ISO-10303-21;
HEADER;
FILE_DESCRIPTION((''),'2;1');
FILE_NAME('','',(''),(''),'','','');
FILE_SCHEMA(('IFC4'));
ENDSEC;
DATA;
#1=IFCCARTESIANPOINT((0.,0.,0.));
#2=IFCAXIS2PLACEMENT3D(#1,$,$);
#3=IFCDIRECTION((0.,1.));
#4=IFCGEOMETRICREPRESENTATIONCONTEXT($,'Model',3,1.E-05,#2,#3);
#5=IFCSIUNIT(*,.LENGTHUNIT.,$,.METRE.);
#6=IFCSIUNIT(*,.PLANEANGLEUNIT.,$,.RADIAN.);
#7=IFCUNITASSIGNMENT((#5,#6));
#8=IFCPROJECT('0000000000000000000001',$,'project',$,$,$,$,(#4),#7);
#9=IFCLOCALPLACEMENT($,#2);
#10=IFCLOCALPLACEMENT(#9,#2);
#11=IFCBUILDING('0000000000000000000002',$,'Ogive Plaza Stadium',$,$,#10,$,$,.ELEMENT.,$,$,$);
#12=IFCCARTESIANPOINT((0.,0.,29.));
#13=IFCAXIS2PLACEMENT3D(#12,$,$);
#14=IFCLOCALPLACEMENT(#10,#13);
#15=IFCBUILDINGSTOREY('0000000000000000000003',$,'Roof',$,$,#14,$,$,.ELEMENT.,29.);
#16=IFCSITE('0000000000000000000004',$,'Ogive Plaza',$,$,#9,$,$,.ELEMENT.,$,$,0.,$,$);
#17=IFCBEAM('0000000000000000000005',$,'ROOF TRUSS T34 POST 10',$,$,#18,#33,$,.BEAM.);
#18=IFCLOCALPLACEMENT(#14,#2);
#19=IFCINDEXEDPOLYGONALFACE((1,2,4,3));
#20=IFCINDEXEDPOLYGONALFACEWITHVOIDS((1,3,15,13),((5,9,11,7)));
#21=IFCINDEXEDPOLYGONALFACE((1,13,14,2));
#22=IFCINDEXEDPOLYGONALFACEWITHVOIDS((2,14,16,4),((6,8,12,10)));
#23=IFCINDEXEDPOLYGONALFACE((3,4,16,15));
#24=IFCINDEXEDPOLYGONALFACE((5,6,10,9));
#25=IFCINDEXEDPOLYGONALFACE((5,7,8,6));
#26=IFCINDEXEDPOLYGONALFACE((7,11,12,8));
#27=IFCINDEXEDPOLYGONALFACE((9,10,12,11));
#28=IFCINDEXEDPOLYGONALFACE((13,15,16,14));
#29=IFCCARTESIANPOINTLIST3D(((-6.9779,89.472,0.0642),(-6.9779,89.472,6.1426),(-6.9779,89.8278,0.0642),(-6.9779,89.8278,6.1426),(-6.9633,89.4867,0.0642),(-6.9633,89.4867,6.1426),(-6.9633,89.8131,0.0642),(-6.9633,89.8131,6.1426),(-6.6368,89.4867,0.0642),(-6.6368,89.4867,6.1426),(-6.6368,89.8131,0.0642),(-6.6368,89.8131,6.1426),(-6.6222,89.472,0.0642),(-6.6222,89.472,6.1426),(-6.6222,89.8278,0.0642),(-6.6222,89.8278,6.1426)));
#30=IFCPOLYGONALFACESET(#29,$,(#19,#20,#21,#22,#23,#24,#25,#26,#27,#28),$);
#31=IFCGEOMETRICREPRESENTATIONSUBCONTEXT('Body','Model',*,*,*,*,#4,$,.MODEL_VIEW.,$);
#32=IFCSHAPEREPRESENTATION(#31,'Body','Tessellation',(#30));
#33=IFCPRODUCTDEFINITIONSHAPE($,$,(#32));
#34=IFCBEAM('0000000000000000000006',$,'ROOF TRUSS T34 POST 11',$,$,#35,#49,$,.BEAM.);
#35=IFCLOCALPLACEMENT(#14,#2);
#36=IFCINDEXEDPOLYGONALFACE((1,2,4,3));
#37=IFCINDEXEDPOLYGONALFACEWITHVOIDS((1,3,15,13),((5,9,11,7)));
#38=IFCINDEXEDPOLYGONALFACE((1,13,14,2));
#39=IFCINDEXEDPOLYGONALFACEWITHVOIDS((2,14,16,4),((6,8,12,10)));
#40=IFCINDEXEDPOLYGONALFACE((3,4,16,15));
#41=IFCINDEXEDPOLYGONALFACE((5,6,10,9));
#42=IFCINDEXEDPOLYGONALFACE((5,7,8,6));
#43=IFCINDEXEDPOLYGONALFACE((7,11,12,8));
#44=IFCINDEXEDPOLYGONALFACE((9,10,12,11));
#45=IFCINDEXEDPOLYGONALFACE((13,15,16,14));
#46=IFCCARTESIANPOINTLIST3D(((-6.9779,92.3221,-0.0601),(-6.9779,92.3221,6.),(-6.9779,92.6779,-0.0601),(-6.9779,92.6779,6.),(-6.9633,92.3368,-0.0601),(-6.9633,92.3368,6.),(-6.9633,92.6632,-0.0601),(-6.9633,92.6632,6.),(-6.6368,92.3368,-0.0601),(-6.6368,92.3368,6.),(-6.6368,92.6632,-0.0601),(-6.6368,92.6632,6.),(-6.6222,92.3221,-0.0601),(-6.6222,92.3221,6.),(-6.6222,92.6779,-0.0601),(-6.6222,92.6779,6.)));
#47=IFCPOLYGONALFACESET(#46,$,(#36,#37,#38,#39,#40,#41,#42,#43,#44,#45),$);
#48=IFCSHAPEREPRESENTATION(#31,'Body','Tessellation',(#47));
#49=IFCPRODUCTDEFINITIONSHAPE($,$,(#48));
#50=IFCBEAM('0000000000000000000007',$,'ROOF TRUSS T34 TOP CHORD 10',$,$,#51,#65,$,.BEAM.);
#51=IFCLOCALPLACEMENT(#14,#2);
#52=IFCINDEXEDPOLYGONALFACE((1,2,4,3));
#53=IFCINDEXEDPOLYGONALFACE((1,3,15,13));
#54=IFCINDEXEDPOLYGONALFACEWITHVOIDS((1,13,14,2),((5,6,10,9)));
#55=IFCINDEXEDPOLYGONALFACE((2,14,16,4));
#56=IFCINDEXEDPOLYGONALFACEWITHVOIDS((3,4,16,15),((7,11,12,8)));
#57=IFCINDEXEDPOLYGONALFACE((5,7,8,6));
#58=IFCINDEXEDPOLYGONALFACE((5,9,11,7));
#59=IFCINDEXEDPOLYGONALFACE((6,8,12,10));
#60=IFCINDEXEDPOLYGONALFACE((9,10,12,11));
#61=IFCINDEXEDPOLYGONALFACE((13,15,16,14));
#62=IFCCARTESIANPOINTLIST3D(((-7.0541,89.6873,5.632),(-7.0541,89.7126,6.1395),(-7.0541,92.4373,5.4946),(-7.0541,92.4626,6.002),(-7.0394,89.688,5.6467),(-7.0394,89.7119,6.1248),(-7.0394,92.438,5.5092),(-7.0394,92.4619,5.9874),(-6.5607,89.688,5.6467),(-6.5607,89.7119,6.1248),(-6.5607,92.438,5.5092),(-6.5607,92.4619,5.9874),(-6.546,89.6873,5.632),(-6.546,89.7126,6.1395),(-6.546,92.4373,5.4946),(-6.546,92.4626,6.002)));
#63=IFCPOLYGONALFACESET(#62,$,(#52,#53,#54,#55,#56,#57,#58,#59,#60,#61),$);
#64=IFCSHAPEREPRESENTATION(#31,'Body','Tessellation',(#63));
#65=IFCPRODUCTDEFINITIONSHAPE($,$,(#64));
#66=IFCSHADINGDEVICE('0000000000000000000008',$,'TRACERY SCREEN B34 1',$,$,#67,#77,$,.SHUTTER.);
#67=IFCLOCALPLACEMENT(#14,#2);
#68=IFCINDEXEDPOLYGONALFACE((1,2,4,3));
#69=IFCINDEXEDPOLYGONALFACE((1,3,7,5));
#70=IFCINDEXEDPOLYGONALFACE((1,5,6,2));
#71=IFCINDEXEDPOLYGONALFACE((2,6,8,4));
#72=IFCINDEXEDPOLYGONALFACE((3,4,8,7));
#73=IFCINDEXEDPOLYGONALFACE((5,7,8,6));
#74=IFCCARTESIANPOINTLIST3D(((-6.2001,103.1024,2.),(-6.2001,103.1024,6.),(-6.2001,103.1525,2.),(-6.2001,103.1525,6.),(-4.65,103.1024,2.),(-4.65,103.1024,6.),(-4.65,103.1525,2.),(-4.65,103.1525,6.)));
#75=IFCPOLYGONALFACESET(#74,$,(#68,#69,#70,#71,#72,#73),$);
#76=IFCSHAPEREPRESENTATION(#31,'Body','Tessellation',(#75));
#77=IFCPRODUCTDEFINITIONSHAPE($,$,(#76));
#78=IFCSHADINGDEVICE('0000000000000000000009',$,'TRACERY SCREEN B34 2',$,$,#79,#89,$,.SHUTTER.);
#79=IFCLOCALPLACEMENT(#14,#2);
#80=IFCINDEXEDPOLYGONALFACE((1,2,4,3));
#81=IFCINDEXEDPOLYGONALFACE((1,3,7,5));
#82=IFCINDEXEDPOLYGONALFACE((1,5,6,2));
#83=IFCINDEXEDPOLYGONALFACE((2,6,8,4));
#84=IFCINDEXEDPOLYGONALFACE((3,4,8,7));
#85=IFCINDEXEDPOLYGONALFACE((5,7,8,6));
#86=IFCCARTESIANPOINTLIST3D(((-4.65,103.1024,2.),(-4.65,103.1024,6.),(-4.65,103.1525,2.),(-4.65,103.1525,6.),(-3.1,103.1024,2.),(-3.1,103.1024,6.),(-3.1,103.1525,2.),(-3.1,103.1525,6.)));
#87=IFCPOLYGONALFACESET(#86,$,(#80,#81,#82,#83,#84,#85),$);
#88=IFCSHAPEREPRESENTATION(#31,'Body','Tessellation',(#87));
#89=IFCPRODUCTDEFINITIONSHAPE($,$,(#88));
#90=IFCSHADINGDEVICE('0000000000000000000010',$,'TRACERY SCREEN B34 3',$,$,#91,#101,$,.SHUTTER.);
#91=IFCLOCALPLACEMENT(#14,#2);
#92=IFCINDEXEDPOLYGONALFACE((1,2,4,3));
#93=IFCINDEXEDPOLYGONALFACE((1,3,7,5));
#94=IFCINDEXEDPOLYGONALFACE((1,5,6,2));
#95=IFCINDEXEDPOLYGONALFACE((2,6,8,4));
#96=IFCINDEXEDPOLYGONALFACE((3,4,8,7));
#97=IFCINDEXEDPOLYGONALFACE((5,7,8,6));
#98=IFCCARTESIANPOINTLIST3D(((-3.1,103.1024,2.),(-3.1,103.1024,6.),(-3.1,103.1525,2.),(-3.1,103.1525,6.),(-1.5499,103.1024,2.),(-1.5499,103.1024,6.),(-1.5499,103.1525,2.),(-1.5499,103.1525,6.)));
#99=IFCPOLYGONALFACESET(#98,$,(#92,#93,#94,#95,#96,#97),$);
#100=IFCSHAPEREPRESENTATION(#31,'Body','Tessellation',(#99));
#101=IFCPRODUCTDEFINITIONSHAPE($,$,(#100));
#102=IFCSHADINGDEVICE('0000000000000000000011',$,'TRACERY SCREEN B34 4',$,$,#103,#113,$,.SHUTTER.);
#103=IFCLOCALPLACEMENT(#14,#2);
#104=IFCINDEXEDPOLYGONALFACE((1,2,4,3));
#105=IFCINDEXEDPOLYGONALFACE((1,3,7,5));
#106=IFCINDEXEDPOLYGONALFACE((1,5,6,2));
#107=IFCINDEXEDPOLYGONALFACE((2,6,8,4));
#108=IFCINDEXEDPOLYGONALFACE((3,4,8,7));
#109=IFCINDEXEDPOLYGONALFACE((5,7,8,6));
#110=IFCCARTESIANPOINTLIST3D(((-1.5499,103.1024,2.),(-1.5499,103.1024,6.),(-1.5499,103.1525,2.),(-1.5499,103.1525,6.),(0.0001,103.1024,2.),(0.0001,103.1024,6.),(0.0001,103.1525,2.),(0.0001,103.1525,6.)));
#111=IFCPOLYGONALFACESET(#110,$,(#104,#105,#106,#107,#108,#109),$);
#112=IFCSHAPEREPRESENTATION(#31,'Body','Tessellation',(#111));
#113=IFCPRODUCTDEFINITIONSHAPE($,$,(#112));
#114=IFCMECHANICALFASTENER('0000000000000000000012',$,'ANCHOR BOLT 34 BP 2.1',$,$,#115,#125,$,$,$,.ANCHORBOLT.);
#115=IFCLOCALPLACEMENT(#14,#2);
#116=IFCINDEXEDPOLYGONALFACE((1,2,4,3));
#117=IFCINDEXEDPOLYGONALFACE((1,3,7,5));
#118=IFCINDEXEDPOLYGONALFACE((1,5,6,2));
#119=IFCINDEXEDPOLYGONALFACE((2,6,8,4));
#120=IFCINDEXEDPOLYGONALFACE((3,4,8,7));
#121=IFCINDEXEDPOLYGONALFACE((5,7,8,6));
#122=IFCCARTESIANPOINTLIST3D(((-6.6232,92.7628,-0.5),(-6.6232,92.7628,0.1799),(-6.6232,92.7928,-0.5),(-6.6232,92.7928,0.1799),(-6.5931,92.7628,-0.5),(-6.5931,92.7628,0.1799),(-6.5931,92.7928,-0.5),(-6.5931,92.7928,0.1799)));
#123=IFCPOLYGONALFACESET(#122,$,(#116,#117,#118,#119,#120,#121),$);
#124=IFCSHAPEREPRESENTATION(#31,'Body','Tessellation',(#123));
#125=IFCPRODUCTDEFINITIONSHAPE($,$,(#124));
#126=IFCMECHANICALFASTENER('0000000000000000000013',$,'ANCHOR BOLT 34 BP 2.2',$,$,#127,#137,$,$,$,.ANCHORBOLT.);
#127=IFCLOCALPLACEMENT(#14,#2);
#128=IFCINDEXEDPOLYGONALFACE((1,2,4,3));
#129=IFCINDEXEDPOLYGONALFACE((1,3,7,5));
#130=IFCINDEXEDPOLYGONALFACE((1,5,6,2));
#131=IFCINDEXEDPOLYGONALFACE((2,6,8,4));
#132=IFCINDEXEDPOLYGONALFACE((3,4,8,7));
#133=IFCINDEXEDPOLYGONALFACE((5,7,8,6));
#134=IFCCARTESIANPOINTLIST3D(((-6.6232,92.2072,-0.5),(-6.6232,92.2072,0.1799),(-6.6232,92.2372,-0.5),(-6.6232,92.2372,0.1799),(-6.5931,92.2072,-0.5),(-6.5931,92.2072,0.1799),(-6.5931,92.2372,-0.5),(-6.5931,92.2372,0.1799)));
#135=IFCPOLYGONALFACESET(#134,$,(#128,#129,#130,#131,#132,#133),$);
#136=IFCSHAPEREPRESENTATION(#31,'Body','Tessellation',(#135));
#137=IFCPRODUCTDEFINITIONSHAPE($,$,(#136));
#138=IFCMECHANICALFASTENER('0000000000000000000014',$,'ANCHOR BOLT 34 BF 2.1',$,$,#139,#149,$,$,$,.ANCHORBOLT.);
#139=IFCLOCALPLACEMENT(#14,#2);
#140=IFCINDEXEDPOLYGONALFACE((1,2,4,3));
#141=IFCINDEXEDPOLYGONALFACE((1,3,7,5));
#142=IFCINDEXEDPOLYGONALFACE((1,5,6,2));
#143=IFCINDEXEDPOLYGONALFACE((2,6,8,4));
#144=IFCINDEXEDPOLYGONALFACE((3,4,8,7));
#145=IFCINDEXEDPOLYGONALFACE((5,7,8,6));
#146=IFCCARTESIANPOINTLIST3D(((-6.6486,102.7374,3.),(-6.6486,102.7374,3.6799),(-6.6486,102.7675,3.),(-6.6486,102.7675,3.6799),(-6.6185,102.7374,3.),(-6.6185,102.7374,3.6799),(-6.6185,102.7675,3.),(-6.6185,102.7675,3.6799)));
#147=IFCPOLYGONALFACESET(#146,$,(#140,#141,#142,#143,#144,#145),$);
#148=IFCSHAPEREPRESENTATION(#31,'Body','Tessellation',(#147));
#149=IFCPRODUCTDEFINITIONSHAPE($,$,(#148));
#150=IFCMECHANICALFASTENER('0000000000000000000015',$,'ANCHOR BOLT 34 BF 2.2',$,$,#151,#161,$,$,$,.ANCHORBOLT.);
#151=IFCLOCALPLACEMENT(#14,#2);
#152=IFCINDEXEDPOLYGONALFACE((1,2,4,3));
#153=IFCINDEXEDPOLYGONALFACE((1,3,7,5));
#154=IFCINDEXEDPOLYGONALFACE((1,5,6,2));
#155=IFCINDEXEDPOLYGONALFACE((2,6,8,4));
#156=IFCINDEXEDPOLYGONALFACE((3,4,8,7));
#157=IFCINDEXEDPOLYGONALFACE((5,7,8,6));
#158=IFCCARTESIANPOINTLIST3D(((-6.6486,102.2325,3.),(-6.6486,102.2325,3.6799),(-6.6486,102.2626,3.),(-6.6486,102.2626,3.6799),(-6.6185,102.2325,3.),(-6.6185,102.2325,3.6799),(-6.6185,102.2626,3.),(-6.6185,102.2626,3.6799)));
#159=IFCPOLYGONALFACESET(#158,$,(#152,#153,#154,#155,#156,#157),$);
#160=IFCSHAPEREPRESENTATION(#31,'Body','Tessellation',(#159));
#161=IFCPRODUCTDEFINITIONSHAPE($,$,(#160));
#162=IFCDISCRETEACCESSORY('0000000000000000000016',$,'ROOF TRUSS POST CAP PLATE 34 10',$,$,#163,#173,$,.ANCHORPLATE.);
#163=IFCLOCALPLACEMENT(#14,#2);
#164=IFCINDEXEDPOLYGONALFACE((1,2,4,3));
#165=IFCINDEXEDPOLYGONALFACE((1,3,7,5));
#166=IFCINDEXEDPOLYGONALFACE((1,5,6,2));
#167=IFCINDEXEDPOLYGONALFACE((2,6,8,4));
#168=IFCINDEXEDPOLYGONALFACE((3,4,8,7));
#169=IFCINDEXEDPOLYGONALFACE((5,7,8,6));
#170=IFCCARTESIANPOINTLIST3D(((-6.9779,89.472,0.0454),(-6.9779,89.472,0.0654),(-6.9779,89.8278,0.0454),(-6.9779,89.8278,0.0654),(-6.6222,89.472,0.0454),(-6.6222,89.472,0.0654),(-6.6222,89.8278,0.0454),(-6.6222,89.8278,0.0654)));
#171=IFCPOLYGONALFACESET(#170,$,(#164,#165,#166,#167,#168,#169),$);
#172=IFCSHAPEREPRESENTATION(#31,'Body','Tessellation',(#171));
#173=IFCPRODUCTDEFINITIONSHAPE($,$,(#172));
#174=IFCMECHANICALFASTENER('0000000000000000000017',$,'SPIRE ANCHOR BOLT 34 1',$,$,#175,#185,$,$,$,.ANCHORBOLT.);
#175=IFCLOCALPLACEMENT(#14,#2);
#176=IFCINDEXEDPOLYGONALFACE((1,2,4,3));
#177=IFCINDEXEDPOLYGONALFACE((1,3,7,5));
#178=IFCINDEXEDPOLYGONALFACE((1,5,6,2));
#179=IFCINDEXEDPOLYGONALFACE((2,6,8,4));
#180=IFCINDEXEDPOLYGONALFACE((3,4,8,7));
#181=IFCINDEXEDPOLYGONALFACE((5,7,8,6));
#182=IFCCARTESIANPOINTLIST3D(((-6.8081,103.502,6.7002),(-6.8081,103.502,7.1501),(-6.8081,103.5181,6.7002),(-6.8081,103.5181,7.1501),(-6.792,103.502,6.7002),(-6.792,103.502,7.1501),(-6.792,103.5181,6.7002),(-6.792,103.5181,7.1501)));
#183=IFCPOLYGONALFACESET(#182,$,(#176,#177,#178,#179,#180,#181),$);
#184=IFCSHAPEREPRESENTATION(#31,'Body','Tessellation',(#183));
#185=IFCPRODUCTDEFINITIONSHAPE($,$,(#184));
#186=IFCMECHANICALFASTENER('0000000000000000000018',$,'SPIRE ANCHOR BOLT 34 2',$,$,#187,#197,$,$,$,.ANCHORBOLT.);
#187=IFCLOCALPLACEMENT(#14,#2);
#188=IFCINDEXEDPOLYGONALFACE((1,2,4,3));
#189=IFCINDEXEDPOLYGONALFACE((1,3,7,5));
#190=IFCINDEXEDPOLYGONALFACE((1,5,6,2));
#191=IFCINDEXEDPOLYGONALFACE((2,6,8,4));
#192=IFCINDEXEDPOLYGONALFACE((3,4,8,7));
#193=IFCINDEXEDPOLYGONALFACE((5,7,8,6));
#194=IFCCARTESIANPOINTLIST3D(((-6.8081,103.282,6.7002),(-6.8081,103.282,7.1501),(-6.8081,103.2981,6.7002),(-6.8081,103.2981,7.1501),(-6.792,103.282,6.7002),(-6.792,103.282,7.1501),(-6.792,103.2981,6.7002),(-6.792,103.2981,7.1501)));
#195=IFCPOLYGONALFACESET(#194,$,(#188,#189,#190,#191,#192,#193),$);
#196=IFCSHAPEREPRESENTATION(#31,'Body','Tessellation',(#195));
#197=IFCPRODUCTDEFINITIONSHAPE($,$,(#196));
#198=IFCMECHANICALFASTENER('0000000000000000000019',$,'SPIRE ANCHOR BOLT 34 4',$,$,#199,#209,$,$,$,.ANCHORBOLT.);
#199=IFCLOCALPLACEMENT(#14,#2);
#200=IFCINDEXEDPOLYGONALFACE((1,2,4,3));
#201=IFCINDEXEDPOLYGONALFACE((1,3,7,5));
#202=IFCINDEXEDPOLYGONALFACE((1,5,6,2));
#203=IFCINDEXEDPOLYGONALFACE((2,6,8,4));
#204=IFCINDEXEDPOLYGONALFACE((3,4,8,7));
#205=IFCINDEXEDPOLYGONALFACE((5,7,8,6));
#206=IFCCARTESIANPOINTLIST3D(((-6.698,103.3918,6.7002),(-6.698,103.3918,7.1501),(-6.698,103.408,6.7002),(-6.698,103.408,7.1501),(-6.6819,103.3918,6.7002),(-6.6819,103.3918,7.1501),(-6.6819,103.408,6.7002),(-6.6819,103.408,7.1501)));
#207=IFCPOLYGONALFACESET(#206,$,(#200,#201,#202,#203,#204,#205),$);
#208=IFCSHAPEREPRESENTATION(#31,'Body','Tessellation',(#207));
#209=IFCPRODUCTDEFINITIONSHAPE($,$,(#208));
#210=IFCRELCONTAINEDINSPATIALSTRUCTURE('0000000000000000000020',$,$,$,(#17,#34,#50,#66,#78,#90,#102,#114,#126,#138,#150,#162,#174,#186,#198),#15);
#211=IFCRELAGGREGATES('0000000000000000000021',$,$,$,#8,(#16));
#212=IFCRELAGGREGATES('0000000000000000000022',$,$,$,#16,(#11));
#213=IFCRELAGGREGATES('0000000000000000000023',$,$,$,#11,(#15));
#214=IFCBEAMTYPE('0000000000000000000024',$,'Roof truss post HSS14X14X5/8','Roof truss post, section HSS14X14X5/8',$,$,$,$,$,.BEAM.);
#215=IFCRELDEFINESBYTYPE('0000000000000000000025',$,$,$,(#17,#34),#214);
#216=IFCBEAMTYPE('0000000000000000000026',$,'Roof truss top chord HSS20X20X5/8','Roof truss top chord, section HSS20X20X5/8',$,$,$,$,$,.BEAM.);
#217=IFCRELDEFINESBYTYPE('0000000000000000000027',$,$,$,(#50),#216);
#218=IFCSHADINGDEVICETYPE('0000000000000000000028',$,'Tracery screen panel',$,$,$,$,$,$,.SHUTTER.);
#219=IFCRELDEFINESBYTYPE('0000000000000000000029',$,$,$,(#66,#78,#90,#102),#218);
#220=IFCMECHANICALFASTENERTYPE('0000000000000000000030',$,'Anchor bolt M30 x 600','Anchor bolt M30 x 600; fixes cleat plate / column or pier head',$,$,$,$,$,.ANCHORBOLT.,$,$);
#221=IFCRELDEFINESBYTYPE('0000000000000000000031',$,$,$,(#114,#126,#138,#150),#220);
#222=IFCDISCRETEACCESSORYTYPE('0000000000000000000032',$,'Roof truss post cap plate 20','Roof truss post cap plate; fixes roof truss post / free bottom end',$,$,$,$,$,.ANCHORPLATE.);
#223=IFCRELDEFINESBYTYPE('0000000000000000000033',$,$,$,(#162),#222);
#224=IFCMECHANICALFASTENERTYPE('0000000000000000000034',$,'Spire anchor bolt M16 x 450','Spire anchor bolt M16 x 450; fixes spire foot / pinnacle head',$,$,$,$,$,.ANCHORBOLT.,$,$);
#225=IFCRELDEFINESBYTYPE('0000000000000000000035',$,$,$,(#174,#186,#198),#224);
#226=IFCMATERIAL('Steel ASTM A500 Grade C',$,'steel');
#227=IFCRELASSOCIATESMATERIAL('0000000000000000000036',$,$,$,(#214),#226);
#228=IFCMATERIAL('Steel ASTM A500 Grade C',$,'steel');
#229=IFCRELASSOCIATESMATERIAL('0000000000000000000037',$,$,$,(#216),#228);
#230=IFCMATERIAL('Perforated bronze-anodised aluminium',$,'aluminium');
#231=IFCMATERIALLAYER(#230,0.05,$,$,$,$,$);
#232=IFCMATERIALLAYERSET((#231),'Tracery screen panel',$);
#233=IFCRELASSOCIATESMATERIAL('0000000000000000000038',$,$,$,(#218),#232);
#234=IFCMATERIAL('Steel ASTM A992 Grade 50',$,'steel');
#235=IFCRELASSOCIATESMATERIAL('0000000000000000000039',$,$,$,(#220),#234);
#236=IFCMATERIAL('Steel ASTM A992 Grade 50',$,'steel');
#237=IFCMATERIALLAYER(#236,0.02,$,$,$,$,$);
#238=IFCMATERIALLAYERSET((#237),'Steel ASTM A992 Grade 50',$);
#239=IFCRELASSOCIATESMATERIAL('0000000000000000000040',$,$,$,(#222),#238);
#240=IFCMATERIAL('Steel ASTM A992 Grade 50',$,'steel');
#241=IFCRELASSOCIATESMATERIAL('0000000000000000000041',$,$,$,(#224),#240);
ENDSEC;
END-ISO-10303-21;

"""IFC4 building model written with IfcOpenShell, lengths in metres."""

from ifc_helpers import new_model, si_unit, direction, frame, origin, origin_2d, place, context, subcontext, project, spatial, rectangle, hollow_rectangle, extrude, material, layer, layer_set, material_profile, profile_set, type_object, element, save


model = new_model("IFC4")

# Units and contexts
model_context = context("Model", 3, precision=1e-05, world=origin(), true_north=direction((0.0, 1.0)))
body_context = subcontext(model_context, "Body", "Model", "MODEL_VIEW")
ifc_project = project(units=[si_unit("LENGTHUNIT", "METRE"), si_unit("PLANEANGLEUNIT", "RADIAN")], contexts=[model_context])

# Site, building, storey
site_placement = place(None, origin())
site = spatial("IfcSite", under=ifc_project, at=site_placement, Name="Ogive Plaza", CompositionType="ELEMENT", RefElevation=0.0)
building_placement = place(site_placement, origin())
building = spatial("IfcBuilding", under=site, at=building_placement, Name="Ogive Plaza Stadium", CompositionType="ELEMENT")
storey_placement = place(building_placement, frame((0.0, 0.0, 29.0)))
storey = spatial("IfcBuildingStorey", under=building, at=storey_placement, Name="Roof", CompositionType="ELEMENT", Elevation=29.0)

# Beams
ifc_material_1 = material(Name="Steel ASTM A500 Grade C", Category="steel")
ifc_material_profile_1 = material_profile(ifc_material_1, hollow_rectangle(XDim=0.3557, YDim=0.3557, WallThickness=0.0146, at=origin_2d()), Name="HSS14X14X5/8")
ifc_profile_set_1 = profile_set([ifc_material_profile_1], Name="Steel ASTM A500 Grade C")
beam_type_1 = type_object("IfcBeamType", Name="Roof truss post HSS14X14X5/8", Description="Roof truss post, section HSS14X14X5/8", PredefinedType="BEAM", material=ifc_profile_set_1)
beam_1_placement = place(storey_placement, frame((-6.8, 89.6499, 0.0642), z_axis=(0.0, 0.0, 1.0), x_axis=(-1.0, 0.0, 0.0)))
element("IfcBeam", 1, at=beam_1_placement, inside=storey, type_object=beam_type_1, Name="ROOF TRUSS T34 POST 10", PredefinedType="BEAM", context=body_context, shape_type="SweptSolid", body=[
    extrude(hollow_rectangle(XDim=0.3557, YDim=0.3557, WallThickness=0.0146, at=origin_2d()), origin(), (0.0, 0.0, 1.0), 6.0784),
])
beam_2_placement = place(storey_placement, frame((-6.8, 92.5, -0.0601), z_axis=(0.0, 0.0, 1.0), x_axis=(-1.0, 0.0, 0.0)))
element("IfcBeam", 2, at=beam_2_placement, inside=storey, type_object=beam_type_1, Name="ROOF TRUSS T34 POST 11", PredefinedType="BEAM", context=body_context, shape_type="SweptSolid", body=[
    extrude(hollow_rectangle(XDim=0.3557, YDim=0.3557, WallThickness=0.0146, at=origin_2d()), origin(), (0.0, 0.0, 1.0), 6.0601),
])
ifc_material_2 = material(Name="Steel ASTM A500 Grade C", Category="steel")
ifc_material_profile_2 = material_profile(ifc_material_2, hollow_rectangle(XDim=0.5081, YDim=0.5081, WallThickness=0.0146, at=origin_2d()), Name="HSS20X20X5/8")
ifc_profile_set_2 = profile_set([ifc_material_profile_2], Name="Steel ASTM A500 Grade C")
beam_type_2 = type_object("IfcBeamType", Name="Roof truss top chord HSS20X20X5/8", Description="Roof truss top chord, section HSS20X20X5/8", PredefinedType="BEAM", material=ifc_profile_set_2)
beam_3_placement = place(storey_placement, frame((-6.8, 89.7, 5.8857), z_axis=(0.0, 0.998753, -0.04992), x_axis=(-1.0, 0.0, 0.0)))
element("IfcBeam", 3, at=beam_3_placement, inside=storey, type_object=beam_type_2, Name="ROOF TRUSS T34 TOP CHORD 10", PredefinedType="BEAM", context=body_context, shape_type="SweptSolid", body=[
    extrude(hollow_rectangle(XDim=0.5081, YDim=0.5081, WallThickness=0.0146, at=origin_2d()), origin(), (0.0, 0.0, 1.0), 2.7534),
])

# Shading devices
ifc_material_3 = material(Name="Perforated bronze-anodised aluminium", Category="aluminium")
ifc_layer_1 = layer(ifc_material_3, 0.05)
ifc_layer_set_1 = layer_set([ifc_layer_1], Name="Tracery screen panel")
shading_device_type = type_object("IfcShadingDeviceType", Name="Tracery screen panel", PredefinedType="SHUTTER", material=ifc_layer_set_1)
for number, where, z_axis, x_axis, name in (
    (4, (-5.425, 103.1274, 2.0), (0.0, 0.0, 1.0), (1.0, 0.0, 0.0), "TRACERY SCREEN B34 1"),
    (5, (-3.875, 103.1274, 2.0), (0.0, 0.0, 1.0), (1.0, 0.0, 0.0), "TRACERY SCREEN B34 2"),
    (6, (-2.325, 103.1274, 2.0), (0.0, 0.0, 1.0), (1.0, 0.0, 0.0), "TRACERY SCREEN B34 3"),
    (7, (-0.7749, 103.1274, 2.0), (0.0, 0.0, 1.0), (1.0, 0.0, 0.0), "TRACERY SCREEN B34 4"),
):
    element("IfcShadingDevice", number, at=place(storey_placement, frame(where, z_axis=z_axis, x_axis=x_axis)), inside=storey, type_object=shading_device_type, Name=name, PredefinedType="SHUTTER", context=body_context, shape_type="SweptSolid", body=[
        extrude(rectangle(XDim=1.55, YDim=0.05, at=origin_2d()), origin(), (0.0, 0.0, 1.0), 4.0),
    ])

# Mechanical fasteners
ifc_material_4 = material(Name="Steel ASTM A992 Grade 50", Category="steel")
mechanical_fastener_type_1 = type_object("IfcMechanicalFastenerType", Name="Anchor bolt M30 x 600", Description="Anchor bolt M30 x 600; fixes cleat plate / column or pier head", PredefinedType="ANCHORBOLT", material=ifc_material_4)
for number, where, z_axis, x_axis, name in (
    (8, (-6.6082, 92.7778, -0.5), (0.0, 0.0, 1.0), (0.0, 1.0, 0.0), "ANCHOR BOLT 34 BP 2.1"),
    (9, (-6.6082, 92.2222, -0.5), (0.0, 0.0, 1.0), (0.0, 1.0, 0.0), "ANCHOR BOLT 34 BP 2.2"),
    (10, (-6.6335, 102.7524, 3.0), (0.0, 0.0, 1.0), (0.0, 1.0, 0.0), "ANCHOR BOLT 34 BF 2.1"),
    (11, (-6.6335, 102.2476, 3.0), (0.0, 0.0, 1.0), (0.0, 1.0, 0.0), "ANCHOR BOLT 34 BF 2.2"),
):
    element("IfcMechanicalFastener", number, at=place(storey_placement, frame(where, z_axis=z_axis, x_axis=x_axis)), inside=storey, type_object=mechanical_fastener_type_1, Name=name, PredefinedType="ANCHORBOLT", context=body_context, shape_type="SweptSolid", body=[
        extrude(rectangle(XDim=0.03, YDim=0.03, at=origin_2d()), origin(), (0.0, 0.0, 1.0), 0.6799),
    ])

# Discrete accessory
ifc_material_5 = material(Name="Steel ASTM A992 Grade 50", Category="steel")
ifc_layer_2 = layer(ifc_material_5, 0.02)
ifc_layer_set_2 = layer_set([ifc_layer_2], Name="Steel ASTM A992 Grade 50")
discrete_accessory_type_1 = type_object("IfcDiscreteAccessoryType", Name="Roof truss post cap plate 20", Description="Roof truss post cap plate; fixes roof truss post / free bottom end", PredefinedType="ANCHORPLATE", material=ifc_layer_set_2)
discrete_accessory_1_placement = place(storey_placement, frame((-6.8, 89.6499, 0.0454), z_axis=(0.0, 0.0, 1.0), x_axis=(0.0, 1.0, 0.0)))
element("IfcDiscreteAccessory", 12, at=discrete_accessory_1_placement, inside=storey, type_object=discrete_accessory_type_1, Name="ROOF TRUSS POST CAP PLATE 34 10", PredefinedType="ANCHORPLATE", context=body_context, shape_type="SweptSolid", body=[
    extrude(rectangle(XDim=0.3557, YDim=0.3557, at=origin_2d()), origin(), (0.0, 0.0, 1.0), 0.02),
])

# Mechanical fasteners
ifc_material_6 = material(Name="Steel ASTM A992 Grade 50", Category="steel")
mechanical_fastener_type_2 = type_object("IfcMechanicalFastenerType", Name="Spire anchor bolt M16 x 450", Description="Spire anchor bolt M16 x 450; fixes spire foot / pinnacle head", PredefinedType="ANCHORBOLT", material=ifc_material_6)
for number, where, z_axis, x_axis, name in (
    (13, (-6.8, 103.51, 6.7002), (0.0, 0.0, 1.0), (0.0, 1.0, 0.0), "SPIRE ANCHOR BOLT 34 1"),
    (14, (-6.8, 103.29, 6.7002), (0.0, 0.0, 1.0), (0.0, 1.0, 0.0), "SPIRE ANCHOR BOLT 34 2"),
    (15, (-6.6899, 103.3999, 6.7002), (0.0, 0.0, 1.0), (0.0, 1.0, 0.0), "SPIRE ANCHOR BOLT 34 4"),
):
    element("IfcMechanicalFastener", number, at=place(storey_placement, frame(where, z_axis=z_axis, x_axis=x_axis)), inside=storey, type_object=mechanical_fastener_type_2, Name=name, PredefinedType="ANCHORBOLT", context=body_context, shape_type="SweptSolid", body=[
        extrude(rectangle(XDim=0.0161, YDim=0.0161, at=origin_2d()), origin(), (0.0, 0.0, 1.0), 0.45),
    ])

save(model, "model.ifc")
